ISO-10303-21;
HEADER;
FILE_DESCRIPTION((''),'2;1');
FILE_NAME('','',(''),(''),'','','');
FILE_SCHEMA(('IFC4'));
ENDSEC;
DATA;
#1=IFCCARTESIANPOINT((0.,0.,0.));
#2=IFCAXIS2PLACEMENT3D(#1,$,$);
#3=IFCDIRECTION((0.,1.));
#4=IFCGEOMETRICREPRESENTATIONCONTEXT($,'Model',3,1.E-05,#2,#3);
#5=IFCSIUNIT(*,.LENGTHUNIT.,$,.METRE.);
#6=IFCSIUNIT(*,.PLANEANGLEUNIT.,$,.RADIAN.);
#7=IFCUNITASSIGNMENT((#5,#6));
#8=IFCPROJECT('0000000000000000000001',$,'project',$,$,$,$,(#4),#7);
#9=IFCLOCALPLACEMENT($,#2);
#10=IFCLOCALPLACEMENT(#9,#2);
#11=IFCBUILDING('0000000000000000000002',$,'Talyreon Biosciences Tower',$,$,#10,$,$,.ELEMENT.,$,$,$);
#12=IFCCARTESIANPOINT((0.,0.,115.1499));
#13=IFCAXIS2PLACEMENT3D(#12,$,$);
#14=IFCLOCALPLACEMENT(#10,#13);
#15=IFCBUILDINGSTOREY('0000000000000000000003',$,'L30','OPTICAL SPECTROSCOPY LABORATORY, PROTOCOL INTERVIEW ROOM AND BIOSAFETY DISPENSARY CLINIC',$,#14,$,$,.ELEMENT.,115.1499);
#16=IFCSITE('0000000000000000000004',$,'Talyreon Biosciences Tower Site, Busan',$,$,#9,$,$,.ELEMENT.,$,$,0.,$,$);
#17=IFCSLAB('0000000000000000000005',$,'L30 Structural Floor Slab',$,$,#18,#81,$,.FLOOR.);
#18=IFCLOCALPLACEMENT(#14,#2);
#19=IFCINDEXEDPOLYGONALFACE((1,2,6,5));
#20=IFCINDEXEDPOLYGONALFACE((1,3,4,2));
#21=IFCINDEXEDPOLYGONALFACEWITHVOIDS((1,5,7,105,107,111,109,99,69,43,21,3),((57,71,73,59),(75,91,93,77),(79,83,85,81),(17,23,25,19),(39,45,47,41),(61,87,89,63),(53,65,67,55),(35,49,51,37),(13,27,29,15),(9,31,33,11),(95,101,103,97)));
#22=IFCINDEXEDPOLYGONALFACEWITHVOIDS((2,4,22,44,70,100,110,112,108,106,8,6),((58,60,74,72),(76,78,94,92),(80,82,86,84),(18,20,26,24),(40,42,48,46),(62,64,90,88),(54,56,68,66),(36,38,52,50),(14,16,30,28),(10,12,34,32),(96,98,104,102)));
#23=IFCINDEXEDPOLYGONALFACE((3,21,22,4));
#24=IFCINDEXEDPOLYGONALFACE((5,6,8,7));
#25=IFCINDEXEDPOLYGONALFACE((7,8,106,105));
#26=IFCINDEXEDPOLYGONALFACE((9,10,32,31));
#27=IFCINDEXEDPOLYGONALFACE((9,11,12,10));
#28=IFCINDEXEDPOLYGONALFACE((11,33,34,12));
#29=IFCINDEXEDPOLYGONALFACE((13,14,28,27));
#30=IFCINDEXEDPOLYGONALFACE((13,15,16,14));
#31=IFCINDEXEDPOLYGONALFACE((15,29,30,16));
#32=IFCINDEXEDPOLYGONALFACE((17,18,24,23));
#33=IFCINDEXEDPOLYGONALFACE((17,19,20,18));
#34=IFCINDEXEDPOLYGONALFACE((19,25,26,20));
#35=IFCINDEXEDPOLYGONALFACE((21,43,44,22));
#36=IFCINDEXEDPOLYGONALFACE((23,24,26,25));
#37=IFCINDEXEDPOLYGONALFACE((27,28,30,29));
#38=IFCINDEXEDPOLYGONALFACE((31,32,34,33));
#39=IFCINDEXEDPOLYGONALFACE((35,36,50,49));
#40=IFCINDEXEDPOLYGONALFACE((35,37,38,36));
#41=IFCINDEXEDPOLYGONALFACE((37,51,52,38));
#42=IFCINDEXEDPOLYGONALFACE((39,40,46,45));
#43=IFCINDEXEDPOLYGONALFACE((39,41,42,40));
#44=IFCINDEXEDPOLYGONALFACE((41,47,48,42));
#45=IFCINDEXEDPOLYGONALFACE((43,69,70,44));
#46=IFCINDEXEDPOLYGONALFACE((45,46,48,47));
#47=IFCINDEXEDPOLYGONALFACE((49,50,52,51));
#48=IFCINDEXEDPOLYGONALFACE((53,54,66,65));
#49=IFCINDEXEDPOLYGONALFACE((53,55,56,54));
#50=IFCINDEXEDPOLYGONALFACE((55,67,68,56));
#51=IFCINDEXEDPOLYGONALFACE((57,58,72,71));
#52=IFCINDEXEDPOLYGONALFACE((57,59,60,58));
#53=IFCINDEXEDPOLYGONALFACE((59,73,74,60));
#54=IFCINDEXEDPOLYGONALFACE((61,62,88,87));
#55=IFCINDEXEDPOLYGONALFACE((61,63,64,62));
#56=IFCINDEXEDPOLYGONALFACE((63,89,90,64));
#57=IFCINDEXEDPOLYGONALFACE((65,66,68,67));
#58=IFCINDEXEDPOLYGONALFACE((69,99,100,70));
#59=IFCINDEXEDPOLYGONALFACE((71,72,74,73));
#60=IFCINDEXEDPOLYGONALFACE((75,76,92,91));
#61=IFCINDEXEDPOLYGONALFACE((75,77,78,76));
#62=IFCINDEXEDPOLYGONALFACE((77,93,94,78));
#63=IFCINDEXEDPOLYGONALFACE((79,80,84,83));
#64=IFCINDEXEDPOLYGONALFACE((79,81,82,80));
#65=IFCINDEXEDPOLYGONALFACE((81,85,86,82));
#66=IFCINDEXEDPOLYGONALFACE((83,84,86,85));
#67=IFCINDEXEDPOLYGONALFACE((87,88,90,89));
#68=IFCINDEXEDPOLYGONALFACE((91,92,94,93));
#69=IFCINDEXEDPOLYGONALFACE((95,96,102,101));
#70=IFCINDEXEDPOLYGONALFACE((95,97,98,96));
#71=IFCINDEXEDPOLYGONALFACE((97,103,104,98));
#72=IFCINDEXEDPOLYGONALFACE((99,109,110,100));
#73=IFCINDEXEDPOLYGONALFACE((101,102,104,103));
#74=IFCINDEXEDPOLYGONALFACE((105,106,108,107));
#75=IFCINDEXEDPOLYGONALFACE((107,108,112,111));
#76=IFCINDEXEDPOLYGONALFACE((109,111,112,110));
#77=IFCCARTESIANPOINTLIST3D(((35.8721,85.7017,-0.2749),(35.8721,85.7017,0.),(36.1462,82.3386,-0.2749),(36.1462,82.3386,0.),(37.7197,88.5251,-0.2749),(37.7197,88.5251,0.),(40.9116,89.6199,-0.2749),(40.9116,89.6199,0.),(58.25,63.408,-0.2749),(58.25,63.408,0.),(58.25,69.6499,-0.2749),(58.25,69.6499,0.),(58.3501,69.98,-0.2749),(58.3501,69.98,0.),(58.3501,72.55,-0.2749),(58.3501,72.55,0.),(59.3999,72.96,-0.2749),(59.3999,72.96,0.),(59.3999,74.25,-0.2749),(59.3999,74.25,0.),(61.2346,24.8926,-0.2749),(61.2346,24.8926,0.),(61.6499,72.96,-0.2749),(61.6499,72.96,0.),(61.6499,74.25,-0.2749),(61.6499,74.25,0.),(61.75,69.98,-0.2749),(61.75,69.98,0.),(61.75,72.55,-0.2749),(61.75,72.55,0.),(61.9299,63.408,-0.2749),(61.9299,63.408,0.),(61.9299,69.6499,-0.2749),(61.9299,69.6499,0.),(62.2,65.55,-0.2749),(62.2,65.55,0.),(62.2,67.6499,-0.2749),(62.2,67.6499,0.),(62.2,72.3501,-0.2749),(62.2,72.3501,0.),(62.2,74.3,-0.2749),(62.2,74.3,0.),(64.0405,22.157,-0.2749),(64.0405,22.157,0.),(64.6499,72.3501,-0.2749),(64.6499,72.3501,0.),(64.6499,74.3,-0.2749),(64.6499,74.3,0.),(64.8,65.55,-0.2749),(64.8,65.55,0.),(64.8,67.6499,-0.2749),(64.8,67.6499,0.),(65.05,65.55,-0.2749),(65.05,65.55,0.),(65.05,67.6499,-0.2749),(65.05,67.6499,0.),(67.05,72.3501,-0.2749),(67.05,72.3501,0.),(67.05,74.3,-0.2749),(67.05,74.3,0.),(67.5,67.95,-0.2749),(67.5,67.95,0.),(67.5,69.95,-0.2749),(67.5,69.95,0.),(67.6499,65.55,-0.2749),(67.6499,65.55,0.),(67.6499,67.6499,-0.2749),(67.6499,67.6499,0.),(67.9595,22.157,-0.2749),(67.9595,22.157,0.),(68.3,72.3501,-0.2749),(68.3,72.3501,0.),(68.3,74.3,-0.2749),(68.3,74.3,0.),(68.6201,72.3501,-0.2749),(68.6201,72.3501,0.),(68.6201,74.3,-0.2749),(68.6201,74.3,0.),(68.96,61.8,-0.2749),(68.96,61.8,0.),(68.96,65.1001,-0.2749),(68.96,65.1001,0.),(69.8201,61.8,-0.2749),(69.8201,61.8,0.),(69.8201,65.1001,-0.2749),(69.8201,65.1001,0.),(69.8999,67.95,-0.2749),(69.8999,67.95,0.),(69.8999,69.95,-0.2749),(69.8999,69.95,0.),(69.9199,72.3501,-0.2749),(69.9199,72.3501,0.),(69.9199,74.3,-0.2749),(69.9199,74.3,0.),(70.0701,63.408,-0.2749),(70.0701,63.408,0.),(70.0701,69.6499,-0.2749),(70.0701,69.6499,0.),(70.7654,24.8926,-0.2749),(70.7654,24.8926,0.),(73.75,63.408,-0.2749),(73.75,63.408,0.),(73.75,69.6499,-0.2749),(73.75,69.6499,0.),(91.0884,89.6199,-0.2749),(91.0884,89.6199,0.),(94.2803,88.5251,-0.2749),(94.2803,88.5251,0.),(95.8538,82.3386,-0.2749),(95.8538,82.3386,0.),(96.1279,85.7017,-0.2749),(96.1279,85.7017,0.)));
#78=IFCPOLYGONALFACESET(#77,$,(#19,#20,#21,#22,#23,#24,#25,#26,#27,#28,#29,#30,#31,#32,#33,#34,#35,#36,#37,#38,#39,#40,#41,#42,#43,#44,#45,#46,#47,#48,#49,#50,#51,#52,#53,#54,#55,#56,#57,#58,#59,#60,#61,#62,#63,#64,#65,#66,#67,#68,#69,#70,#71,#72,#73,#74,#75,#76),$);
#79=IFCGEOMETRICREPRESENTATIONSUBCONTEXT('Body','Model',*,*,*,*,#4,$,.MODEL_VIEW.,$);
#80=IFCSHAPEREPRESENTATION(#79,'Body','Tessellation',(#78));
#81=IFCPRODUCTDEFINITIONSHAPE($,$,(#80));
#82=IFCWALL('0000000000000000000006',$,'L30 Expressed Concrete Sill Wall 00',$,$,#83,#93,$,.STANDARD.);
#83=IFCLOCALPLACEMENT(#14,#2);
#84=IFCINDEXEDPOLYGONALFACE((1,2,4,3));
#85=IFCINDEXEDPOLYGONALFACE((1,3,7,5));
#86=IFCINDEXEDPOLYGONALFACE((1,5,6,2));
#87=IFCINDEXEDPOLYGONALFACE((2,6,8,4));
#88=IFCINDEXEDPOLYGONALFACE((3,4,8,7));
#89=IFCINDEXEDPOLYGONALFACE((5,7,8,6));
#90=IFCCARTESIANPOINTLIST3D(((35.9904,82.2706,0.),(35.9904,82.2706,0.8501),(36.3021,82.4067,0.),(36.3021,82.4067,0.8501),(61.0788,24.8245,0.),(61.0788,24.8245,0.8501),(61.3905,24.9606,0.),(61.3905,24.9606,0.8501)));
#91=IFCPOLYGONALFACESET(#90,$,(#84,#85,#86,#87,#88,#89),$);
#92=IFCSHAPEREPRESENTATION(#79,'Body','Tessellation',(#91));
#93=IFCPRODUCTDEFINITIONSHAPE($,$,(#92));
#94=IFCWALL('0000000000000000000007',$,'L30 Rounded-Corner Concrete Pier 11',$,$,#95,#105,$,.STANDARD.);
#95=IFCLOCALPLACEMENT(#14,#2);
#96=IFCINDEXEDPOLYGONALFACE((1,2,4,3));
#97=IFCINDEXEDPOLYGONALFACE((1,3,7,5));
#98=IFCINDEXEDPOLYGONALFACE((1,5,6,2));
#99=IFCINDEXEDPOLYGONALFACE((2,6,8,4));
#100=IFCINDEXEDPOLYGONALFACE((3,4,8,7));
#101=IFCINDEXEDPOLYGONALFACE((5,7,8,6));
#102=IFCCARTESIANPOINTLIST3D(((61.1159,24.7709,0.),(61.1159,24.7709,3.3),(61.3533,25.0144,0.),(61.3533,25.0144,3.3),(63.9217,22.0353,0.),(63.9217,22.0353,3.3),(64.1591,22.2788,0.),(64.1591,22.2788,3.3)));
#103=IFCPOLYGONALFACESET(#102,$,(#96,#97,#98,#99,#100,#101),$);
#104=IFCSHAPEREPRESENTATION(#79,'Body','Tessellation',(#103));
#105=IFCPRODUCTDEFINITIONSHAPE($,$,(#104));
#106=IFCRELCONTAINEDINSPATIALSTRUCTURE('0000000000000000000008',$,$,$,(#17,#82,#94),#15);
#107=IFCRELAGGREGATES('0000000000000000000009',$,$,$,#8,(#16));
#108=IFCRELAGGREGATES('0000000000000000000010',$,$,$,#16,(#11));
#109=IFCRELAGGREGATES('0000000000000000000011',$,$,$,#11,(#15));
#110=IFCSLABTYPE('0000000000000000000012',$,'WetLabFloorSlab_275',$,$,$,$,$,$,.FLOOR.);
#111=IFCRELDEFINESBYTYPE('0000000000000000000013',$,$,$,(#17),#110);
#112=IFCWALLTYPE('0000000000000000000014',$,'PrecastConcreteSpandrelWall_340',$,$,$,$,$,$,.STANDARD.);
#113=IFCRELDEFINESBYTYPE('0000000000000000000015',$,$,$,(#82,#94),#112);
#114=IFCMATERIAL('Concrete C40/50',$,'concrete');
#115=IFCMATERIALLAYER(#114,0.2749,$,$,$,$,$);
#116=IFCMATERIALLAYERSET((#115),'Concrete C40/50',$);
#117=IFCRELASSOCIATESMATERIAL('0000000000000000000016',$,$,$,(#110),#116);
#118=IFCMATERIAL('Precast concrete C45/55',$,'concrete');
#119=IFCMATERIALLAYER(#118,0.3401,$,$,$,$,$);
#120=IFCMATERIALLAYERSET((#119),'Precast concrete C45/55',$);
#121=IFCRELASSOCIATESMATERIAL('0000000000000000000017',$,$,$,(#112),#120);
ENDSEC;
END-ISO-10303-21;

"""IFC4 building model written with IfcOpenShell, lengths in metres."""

from ifc_helpers import new_model, si_unit, direction, frame, frame_2d, origin, place, context, subcontext, project, spatial, polyline, rectangle, outline, extrude, material, layer, layer_set, type_object, element, save


model = new_model("IFC4")

# Units and contexts
model_context = context("Model", 3, precision=1e-05, world=origin(), true_north=direction((0.0, 1.0)))
body_context = subcontext(model_context, "Body", "Model", "MODEL_VIEW")
ifc_project = project(units=[si_unit("LENGTHUNIT", "METRE"), si_unit("PLANEANGLEUNIT", "RADIAN")], contexts=[model_context])

# Site, building, storey
site_placement = place(None, origin())
site = spatial("IfcSite", under=ifc_project, at=site_placement, Name="Talyreon Biosciences Tower Site, Busan", CompositionType="ELEMENT", RefElevation=0.0)
building_placement = place(site_placement, origin())
building = spatial("IfcBuilding", under=site, at=building_placement, Name="Talyreon Biosciences Tower", CompositionType="ELEMENT")
storey_placement = place(building_placement, frame((0.0, 0.0, 115.1499)))
storey = spatial("IfcBuildingStorey", under=building, at=storey_placement, Name="L30", Description="OPTICAL SPECTROSCOPY LABORATORY, PROTOCOL INTERVIEW ROOM AND BIOSAFETY DISPENSARY CLINIC", CompositionType="ELEMENT", Elevation=115.1499)

# Shared definitions
ifc_material_1 = material(Name="Precast concrete C45/55", Category="concrete")

# Shared definitions
ifc_material_2 = material(Name="Concrete C40/50", Category="concrete")

# Slab
ifc_layer_1 = layer(ifc_material_2, 0.2749)
ifc_layer_set_1 = layer_set([ifc_layer_1], Name="Concrete C40/50")
slab_type_1 = type_object("IfcSlabType", Name="WetLabFloorSlab_275", PredefinedType="FLOOR", material=ifc_layer_set_1)
slab_1_placement = place(storey_placement, frame((0.0, 0.0, -0.2749)))
element("IfcSlab", 1, at=slab_1_placement, inside=storey, type_object=slab_type_1, Name="L30 Structural Floor Slab", PredefinedType="FLOOR", context=body_context, shape_type="SweptSolid", body=[
    extrude(outline(polyline([(61.2346, 24.8926), (36.1462, 82.3386), (35.8721, 85.7017), (37.7197, 88.5251), (40.9116, 89.6199), (91.0884, 89.6199), (94.2803, 88.5251), (96.1279, 85.7017), (95.8538, 82.3386), (70.7654, 24.8926), (67.9595, 22.157), (64.0405, 22.157), (61.2346, 24.8926)]), holes=[polyline([(61.9299, 69.6499), (61.9299, 63.408), (58.25, 63.408), (58.25, 69.6499), (61.9299, 69.6499)]), polyline([(64.8, 67.6499), (64.8, 65.55), (62.2, 65.55), (62.2, 67.6499), (64.8, 67.6499)]), polyline([(67.6499, 67.6499), (67.6499, 65.55), (65.05, 65.55), (65.05, 67.6499), (67.6499, 67.6499)]), polyline([(61.75, 69.98), (58.3501, 69.98), (58.3501, 72.55), (61.75, 72.55), (61.75, 69.98)]), polyline([(64.6499, 72.3501), (62.2, 72.3501), (62.2, 74.3), (64.6499, 74.3), (64.6499, 72.3501)]), polyline([(61.6499, 74.25), (61.6499, 72.96), (59.3999, 72.96), (59.3999, 74.25), (61.6499, 74.25)]), polyline([(69.8201, 61.8), (68.96, 61.8), (68.96, 65.1001), (69.8201, 65.1001), (69.8201, 61.8)]), polyline([(73.75, 63.408), (70.0701, 63.408), (70.0701, 69.6499), (73.75, 69.6499), (73.75, 63.408)]), polyline([(69.8999, 69.95), (69.8999, 67.95), (67.5, 67.95), (67.5, 69.95), (69.8999, 69.95)]), polyline([(68.3, 72.3501), (67.05, 72.3501), (67.05, 74.3), (68.3, 74.3), (68.3, 72.3501)]), polyline([(69.9199, 72.3501), (68.6201, 72.3501), (68.6201, 74.3), (69.9199, 74.3), (69.9199, 72.3501)])]), origin(), (0.0, 0.0, 1.0), 0.2749),
])

# Walls
ifc_layer_2 = layer(ifc_material_1, 0.3401)
ifc_layer_set_2 = layer_set([ifc_layer_2], Name="Precast concrete C45/55")
wall_type = type_object("IfcWallType", Name="PrecastConcreteSpandrelWall_340", PredefinedType="STANDARD", material=ifc_layer_set_2)
wall_1_placement = place(storey_placement, frame((61.2346, 24.8926, 0.0), z_axis=(0.0, 0.0, 1.0), x_axis=(-0.400226, 0.916416, 0.0)))
element("IfcWall", 2, at=wall_1_placement, inside=storey, type_object=wall_type, Name="L30 Expressed Concrete Sill Wall 00", PredefinedType="STANDARD", context=body_context, shape_type="SweptSolid", body=[
    extrude(rectangle(XDim=62.6855, YDim=0.3401, at=frame_2d((31.3428, 0.0))), origin(), (0.0, 0.0, 1.0), 0.8501),
])
wall_2_placement = place(storey_placement, frame((64.0405, 22.157, 0.0), z_axis=(0.0, 0.0, 1.0), x_axis=(-0.716021, 0.698079, 0.0)))
element("IfcWall", 3, at=wall_2_placement, inside=storey, type_object=wall_type, Name="L30 Rounded-Corner Concrete Pier 11", PredefinedType="STANDARD", context=body_context, shape_type="SweptSolid", body=[
    extrude(rectangle(XDim=3.9187, YDim=0.3401, at=frame_2d((1.9595, 0.0))), origin(), (0.0, 0.0, 1.0), 3.3),
])

save(model, "model.ifc")
